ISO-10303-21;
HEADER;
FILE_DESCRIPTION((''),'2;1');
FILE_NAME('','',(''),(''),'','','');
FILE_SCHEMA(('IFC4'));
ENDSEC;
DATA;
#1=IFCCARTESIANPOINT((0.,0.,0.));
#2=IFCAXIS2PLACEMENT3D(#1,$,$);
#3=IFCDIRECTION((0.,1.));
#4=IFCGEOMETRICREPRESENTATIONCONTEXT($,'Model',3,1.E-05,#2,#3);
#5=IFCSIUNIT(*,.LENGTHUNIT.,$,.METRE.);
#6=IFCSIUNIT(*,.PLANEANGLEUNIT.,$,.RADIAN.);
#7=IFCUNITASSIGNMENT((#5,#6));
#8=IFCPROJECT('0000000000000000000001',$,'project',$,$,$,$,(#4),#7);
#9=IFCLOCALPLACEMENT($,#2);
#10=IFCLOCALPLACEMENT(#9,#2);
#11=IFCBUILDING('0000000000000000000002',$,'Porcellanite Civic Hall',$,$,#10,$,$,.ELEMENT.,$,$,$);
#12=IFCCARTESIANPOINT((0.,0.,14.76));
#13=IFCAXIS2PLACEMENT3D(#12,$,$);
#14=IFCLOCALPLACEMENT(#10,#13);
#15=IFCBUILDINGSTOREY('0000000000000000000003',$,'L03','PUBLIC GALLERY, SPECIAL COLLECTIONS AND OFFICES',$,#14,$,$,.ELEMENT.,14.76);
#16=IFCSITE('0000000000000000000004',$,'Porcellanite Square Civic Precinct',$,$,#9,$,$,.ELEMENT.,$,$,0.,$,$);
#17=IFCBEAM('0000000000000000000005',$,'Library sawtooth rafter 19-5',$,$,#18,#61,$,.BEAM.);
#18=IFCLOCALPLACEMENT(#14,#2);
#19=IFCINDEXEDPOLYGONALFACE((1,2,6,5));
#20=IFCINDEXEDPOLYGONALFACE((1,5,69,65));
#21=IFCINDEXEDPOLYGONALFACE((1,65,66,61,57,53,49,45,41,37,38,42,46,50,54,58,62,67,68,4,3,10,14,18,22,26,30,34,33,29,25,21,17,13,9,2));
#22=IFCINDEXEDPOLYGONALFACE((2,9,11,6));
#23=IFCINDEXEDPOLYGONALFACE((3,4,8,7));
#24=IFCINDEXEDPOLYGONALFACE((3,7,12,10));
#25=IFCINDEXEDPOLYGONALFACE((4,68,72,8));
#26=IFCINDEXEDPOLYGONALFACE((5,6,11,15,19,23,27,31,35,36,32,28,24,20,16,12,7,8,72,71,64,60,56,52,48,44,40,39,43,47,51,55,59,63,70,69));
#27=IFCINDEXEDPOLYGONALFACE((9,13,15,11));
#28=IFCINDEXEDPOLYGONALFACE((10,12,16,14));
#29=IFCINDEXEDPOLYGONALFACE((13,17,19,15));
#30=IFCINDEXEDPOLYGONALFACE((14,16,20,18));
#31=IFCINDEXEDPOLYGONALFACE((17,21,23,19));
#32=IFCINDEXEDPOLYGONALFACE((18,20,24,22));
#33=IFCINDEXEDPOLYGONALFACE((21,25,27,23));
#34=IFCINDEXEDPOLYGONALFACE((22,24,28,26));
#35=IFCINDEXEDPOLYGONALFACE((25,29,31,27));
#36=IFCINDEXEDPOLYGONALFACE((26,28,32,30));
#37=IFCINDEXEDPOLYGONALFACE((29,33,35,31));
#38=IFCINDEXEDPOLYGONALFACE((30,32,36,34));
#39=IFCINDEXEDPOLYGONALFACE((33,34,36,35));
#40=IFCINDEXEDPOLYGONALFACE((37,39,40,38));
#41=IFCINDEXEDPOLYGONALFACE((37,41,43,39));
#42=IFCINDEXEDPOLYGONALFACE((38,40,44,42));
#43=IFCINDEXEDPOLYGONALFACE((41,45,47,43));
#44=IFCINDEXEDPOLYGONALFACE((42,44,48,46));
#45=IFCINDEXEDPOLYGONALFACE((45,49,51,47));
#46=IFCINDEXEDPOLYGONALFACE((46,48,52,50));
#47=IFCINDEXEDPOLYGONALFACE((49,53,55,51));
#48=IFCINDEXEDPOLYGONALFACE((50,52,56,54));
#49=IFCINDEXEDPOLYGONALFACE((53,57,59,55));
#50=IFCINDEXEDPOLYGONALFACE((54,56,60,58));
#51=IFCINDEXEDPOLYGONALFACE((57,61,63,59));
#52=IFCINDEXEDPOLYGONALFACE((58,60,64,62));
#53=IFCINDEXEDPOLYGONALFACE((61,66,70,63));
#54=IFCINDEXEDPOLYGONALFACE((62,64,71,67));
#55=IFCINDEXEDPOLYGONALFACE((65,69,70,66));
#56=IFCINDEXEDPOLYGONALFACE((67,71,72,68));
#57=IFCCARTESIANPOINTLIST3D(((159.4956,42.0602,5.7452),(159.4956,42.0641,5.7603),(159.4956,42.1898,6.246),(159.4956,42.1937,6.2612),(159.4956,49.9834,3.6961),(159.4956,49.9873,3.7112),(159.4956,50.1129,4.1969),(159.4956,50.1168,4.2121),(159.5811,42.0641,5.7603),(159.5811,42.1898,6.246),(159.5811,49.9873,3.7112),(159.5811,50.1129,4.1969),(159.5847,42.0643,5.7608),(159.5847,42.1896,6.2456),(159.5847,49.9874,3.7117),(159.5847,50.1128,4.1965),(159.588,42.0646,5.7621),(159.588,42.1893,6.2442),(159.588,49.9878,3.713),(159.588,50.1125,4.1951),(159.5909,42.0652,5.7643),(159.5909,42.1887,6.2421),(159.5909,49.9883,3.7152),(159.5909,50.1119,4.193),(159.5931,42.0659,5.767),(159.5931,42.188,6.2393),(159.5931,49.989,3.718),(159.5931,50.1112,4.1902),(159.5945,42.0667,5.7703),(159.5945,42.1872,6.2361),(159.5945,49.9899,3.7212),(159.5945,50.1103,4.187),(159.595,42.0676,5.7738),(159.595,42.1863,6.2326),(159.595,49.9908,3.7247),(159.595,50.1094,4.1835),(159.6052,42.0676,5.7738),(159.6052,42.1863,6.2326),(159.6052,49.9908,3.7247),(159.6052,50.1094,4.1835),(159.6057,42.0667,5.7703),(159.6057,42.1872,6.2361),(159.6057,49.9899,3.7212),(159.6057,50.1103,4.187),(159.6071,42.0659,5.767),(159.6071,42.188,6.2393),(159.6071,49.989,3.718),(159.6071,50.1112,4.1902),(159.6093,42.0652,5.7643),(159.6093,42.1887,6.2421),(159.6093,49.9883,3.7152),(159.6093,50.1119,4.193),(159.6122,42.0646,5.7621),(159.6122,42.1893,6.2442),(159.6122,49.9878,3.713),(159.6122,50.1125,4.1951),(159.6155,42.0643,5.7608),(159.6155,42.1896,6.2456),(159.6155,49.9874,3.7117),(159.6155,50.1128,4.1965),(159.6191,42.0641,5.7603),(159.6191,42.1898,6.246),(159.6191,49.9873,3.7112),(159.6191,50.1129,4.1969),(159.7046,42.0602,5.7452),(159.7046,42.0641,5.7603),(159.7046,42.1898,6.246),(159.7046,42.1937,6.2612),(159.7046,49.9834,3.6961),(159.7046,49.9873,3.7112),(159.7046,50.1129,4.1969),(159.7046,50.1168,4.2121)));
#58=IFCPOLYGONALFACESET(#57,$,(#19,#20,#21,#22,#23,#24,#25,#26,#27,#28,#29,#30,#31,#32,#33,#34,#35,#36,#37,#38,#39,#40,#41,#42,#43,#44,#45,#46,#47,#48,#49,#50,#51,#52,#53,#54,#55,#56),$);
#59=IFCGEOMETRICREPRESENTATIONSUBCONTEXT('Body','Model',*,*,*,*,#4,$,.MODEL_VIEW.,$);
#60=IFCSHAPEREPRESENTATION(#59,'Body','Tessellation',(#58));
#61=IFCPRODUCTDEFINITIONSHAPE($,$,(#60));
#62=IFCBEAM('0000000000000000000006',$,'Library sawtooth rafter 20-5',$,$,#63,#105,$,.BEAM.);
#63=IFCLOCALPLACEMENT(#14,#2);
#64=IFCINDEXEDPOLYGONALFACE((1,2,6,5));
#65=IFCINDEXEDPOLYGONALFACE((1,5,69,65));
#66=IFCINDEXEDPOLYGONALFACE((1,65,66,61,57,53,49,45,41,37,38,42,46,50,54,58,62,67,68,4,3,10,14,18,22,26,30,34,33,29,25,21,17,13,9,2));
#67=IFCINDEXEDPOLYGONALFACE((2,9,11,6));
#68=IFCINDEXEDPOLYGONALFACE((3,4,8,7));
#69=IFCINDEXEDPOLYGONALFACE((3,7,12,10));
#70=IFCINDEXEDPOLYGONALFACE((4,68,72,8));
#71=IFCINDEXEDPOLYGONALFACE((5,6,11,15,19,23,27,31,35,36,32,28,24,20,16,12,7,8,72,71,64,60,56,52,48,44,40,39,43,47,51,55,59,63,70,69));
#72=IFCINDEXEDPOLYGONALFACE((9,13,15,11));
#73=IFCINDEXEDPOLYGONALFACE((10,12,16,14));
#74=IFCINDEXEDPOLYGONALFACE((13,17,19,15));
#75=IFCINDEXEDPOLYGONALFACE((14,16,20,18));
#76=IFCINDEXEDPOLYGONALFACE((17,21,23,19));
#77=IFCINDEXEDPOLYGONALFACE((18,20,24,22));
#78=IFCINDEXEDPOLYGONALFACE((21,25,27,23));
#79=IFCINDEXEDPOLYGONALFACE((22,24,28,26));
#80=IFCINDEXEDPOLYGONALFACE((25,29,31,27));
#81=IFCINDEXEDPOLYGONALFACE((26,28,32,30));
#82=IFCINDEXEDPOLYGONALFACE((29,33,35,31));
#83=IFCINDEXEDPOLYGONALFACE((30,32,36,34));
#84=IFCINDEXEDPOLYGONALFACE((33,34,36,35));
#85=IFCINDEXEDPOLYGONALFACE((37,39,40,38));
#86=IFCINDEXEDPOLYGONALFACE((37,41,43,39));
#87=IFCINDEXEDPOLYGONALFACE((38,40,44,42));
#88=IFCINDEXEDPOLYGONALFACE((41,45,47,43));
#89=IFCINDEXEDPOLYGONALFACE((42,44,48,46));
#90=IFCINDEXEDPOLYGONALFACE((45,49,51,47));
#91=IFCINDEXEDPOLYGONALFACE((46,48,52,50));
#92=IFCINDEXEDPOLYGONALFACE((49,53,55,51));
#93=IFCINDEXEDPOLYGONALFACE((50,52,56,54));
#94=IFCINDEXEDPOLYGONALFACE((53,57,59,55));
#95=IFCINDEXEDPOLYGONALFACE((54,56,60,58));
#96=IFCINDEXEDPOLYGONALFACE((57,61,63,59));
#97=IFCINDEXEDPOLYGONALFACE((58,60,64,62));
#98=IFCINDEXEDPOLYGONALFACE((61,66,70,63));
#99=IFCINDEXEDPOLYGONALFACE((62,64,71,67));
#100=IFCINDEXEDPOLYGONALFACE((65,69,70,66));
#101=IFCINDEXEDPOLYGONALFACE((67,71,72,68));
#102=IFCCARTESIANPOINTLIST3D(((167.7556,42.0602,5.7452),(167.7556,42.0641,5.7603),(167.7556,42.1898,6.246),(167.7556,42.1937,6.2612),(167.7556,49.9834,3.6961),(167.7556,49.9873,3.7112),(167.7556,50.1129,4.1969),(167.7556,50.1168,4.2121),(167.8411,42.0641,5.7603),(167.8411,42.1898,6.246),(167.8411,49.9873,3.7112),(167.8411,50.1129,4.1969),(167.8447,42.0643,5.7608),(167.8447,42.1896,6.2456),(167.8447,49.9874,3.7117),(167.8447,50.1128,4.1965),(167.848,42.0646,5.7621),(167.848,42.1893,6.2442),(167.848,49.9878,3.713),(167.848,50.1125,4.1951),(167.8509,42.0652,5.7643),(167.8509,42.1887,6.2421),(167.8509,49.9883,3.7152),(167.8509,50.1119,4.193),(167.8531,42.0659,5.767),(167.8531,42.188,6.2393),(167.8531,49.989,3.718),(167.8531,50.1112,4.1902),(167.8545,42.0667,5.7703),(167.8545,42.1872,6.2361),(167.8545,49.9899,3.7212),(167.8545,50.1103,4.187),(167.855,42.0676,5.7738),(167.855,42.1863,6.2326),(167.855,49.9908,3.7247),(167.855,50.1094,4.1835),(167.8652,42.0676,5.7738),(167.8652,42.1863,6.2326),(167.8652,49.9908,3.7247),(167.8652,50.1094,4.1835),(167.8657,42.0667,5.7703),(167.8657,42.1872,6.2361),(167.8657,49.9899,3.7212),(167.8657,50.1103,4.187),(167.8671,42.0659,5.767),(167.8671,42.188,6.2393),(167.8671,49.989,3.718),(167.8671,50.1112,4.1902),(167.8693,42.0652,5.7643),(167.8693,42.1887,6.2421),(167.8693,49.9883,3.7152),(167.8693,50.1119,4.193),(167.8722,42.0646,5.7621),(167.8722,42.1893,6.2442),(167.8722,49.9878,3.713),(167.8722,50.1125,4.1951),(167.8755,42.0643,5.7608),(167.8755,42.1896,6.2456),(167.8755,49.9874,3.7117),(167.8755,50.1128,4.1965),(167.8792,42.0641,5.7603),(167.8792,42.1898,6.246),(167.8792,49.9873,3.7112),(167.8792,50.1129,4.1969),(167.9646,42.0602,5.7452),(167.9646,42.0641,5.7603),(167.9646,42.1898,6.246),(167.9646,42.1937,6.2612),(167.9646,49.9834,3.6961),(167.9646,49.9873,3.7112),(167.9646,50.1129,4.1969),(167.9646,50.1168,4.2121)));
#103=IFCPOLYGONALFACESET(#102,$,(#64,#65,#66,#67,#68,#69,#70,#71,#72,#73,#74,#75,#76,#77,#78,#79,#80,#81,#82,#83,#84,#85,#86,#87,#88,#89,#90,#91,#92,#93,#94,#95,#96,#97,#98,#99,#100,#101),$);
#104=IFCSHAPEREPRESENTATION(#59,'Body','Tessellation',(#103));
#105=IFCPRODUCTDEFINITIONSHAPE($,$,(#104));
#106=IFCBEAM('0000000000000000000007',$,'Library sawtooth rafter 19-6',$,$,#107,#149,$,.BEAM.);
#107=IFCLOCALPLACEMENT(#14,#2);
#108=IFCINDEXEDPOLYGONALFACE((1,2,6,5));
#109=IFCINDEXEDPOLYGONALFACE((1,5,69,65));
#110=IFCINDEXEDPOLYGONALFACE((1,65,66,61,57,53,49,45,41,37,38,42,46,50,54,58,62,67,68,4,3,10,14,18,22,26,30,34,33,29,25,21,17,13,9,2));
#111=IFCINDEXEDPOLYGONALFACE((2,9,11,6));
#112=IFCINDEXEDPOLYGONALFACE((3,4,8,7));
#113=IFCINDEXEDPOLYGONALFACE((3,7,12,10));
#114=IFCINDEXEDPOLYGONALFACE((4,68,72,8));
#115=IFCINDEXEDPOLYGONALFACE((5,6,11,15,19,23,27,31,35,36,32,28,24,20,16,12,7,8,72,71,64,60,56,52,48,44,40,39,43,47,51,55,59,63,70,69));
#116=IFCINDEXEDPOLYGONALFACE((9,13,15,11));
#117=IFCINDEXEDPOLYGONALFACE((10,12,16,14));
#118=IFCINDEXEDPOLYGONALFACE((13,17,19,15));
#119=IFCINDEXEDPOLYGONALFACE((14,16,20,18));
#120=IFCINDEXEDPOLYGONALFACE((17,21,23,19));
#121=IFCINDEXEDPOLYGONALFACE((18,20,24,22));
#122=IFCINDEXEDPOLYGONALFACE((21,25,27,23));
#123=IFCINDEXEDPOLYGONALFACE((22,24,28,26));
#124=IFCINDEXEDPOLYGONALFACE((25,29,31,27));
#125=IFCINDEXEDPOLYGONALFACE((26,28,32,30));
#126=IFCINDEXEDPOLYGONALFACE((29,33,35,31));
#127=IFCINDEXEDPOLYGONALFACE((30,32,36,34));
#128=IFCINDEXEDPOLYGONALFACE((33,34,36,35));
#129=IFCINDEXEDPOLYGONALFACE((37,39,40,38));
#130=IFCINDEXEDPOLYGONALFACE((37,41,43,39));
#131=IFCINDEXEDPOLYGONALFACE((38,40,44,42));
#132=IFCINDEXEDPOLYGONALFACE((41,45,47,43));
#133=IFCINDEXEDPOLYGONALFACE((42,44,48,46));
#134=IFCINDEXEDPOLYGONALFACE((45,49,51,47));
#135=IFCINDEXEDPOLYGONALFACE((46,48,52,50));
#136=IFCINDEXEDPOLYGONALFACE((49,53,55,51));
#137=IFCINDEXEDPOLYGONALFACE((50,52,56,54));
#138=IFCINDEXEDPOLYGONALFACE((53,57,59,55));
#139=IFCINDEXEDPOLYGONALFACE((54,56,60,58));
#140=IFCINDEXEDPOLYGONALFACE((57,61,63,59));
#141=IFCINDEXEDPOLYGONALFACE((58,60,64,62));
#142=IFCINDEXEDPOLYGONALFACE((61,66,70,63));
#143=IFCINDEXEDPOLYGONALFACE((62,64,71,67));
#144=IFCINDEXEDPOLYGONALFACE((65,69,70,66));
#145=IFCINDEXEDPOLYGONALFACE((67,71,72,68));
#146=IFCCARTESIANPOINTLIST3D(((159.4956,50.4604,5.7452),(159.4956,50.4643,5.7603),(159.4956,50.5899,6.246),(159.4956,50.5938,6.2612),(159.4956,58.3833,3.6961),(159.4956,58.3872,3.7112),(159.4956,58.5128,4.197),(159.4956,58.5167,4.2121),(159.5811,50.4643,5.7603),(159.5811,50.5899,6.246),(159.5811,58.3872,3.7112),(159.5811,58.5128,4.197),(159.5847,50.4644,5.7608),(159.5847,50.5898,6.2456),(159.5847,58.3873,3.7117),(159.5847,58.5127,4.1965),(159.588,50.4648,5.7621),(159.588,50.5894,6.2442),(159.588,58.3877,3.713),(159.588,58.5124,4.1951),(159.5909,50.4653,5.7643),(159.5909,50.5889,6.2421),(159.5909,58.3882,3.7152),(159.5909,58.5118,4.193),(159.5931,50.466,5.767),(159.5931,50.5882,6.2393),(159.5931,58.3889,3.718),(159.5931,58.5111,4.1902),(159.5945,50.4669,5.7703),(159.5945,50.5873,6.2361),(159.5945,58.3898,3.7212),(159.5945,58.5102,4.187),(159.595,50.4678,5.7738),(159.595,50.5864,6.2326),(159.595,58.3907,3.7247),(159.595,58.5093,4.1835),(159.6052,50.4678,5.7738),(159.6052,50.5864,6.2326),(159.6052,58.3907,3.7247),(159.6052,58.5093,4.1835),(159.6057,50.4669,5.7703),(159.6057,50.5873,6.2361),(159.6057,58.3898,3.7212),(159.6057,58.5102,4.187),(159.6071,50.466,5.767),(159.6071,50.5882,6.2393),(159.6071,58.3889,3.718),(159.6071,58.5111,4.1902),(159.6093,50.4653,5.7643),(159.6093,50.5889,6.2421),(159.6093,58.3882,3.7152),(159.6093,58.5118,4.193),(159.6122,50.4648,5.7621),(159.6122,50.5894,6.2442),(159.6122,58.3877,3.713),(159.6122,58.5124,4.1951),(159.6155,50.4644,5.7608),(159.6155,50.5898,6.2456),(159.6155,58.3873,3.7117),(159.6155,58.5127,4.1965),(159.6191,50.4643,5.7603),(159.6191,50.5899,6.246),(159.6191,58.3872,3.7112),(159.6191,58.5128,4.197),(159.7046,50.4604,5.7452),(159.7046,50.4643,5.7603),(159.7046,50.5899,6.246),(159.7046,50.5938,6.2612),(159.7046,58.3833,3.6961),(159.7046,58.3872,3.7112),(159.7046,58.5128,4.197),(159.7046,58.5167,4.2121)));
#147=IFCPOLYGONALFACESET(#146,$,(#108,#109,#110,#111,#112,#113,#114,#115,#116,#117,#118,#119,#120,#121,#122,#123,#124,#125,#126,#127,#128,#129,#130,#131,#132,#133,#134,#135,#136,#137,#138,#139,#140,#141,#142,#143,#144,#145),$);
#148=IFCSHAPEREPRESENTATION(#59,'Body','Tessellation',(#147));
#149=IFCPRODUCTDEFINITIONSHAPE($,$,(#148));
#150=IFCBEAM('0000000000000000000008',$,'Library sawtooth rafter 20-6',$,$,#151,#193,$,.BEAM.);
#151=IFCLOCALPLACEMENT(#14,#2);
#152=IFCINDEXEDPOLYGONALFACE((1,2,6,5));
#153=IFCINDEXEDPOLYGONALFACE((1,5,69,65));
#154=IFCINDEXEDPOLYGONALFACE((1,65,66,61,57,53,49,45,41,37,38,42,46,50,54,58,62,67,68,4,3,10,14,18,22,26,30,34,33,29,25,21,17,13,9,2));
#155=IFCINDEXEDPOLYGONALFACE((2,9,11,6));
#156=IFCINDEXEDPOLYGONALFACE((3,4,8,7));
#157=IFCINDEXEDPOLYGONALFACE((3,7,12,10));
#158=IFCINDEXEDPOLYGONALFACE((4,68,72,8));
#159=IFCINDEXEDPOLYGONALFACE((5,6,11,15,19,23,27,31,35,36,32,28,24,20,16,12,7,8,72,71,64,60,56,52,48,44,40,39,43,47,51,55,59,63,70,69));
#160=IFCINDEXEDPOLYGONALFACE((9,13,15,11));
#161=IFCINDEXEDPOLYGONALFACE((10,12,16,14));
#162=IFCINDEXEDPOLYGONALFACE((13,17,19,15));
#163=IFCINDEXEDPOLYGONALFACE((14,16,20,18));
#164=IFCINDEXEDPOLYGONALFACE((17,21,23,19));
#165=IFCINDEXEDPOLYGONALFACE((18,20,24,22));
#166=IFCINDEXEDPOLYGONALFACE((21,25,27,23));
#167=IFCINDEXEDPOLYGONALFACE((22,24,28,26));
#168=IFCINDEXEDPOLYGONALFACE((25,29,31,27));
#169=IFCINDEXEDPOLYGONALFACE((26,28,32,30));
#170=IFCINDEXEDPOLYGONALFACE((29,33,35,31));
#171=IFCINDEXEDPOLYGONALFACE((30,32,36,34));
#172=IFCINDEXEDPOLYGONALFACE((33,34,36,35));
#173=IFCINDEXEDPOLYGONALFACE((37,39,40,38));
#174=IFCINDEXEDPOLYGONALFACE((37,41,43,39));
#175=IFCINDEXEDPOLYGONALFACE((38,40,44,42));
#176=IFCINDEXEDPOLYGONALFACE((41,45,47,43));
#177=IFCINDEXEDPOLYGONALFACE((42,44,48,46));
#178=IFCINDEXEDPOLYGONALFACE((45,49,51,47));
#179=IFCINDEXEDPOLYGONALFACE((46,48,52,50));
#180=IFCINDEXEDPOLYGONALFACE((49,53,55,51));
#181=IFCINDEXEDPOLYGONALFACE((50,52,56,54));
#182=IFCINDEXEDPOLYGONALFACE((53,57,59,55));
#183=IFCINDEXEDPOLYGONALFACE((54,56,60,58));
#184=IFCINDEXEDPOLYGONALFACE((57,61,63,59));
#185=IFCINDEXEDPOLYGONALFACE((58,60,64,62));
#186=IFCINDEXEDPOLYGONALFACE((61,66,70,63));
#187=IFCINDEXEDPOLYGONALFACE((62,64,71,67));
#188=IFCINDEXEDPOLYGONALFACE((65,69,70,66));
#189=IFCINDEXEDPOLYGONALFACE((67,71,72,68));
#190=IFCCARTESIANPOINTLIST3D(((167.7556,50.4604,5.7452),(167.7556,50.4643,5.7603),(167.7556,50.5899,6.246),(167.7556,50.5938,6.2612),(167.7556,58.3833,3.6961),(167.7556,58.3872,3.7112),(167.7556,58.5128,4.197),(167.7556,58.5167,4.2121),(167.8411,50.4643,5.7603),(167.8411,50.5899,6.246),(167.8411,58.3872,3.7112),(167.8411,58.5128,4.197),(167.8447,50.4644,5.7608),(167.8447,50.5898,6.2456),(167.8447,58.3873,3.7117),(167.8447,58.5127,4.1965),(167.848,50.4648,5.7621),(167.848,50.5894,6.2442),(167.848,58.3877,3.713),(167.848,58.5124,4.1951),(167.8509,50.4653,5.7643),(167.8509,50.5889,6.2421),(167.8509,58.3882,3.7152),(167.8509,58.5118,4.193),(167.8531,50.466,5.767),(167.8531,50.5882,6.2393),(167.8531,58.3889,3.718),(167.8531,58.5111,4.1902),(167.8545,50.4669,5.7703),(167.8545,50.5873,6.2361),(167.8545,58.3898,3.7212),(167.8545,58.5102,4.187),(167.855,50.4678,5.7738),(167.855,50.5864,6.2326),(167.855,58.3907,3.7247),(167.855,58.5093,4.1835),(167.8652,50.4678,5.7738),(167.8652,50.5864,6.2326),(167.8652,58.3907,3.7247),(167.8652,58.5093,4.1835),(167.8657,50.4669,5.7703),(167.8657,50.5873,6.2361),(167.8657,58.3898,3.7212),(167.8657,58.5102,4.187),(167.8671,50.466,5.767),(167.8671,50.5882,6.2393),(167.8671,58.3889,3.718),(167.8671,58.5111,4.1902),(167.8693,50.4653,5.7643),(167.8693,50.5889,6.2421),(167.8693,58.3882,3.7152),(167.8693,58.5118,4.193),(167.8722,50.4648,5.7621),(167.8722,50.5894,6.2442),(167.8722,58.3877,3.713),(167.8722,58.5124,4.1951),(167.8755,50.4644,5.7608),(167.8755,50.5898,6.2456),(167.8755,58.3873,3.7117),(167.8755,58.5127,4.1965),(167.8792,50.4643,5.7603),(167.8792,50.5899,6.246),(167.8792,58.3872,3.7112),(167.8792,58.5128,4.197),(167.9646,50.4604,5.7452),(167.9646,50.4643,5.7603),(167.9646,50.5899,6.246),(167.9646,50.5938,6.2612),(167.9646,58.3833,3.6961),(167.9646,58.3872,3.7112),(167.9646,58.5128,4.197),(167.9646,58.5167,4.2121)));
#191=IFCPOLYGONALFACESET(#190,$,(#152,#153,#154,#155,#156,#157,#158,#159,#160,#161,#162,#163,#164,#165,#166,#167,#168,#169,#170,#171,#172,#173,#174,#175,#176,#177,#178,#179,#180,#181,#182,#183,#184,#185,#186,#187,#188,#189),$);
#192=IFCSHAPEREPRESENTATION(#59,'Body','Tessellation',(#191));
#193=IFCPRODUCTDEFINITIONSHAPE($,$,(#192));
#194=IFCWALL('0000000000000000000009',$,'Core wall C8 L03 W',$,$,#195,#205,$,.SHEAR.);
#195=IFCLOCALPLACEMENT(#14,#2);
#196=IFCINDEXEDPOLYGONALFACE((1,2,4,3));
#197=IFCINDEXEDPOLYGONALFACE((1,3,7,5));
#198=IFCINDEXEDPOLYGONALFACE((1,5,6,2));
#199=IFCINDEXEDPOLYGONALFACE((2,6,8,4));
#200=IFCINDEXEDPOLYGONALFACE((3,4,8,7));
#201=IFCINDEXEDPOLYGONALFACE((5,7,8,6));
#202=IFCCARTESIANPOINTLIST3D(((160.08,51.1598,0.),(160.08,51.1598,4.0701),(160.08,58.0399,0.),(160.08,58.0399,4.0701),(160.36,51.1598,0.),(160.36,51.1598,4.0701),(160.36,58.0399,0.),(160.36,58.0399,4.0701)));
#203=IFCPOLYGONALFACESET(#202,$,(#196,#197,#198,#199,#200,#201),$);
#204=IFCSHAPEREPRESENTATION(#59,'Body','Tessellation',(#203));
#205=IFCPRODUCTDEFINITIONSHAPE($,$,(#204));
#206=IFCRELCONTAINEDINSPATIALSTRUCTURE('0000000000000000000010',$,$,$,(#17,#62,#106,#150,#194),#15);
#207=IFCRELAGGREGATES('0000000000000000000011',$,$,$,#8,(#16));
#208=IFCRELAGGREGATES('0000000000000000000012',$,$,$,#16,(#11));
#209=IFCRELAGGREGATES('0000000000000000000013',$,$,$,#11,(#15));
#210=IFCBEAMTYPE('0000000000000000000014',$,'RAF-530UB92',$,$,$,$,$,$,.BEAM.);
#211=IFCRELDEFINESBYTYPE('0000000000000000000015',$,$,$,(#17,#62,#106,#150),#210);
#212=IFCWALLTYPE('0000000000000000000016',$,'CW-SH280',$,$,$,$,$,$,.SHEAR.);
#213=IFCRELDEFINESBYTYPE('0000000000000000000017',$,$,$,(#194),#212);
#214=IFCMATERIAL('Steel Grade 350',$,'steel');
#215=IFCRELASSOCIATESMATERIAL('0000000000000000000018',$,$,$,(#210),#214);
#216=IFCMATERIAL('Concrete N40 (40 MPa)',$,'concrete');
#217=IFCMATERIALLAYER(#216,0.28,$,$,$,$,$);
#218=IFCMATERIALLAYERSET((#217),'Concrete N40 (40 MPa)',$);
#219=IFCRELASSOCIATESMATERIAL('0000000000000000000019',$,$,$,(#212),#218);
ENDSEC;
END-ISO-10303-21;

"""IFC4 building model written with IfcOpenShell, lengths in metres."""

from ifc_helpers import new_model, si_unit, direction, frame, frame_2d, origin, origin_2d, place, context, subcontext, project, spatial, rectangle, i_section, extrude, material, layer, layer_set, material_profile, profile_set, type_object, element, save


model = new_model("IFC4")

# Units and contexts
model_context = context("Model", 3, precision=1e-05, world=origin(), true_north=direction((0.0, 1.0)))
body_context = subcontext(model_context, "Body", "Model", "MODEL_VIEW")
ifc_project = project(units=[si_unit("LENGTHUNIT", "METRE"), si_unit("PLANEANGLEUNIT", "RADIAN")], contexts=[model_context])

# Site, building, storey
site_placement = place(None, origin())
site = spatial("IfcSite", under=ifc_project, at=site_placement, Name="Porcellanite Square Civic Precinct", CompositionType="ELEMENT", RefElevation=0.0)
building_placement = place(site_placement, origin())
building = spatial("IfcBuilding", under=site, at=building_placement, Name="Porcellanite Civic Hall", CompositionType="ELEMENT")
storey_placement = place(building_placement, frame((0.0, 0.0, 14.76)))
storey = spatial("IfcBuildingStorey", under=building, at=storey_placement, Name="L03", Description="PUBLIC GALLERY, SPECIAL COLLECTIONS AND OFFICES", CompositionType="ELEMENT", Elevation=14.76)

# Beams
ifc_material_1 = material(Name="Steel Grade 350", Category="steel")
ifc_material_profile_1 = material_profile(ifc_material_1, i_section(OverallWidth=0.209, OverallDepth=0.533, WebThickness=0.0103, FlangeThickness=0.0156, FilletRadius=0.0139, at=origin_2d()), Name="530UB92.4")
ifc_profile_set_1 = profile_set([ifc_material_profile_1], Name="Steel Grade 350")
beam_type_1 = type_object("IfcBeamType", Name="RAF-530UB92", PredefinedType="BEAM", material=ifc_profile_set_1)
for number, where, z_axis, x_axis, name in (
    (1, (159.6001, 42.127, 6.0032), (0.0, 0.968147, -0.250382), (-1.0, 0.0, 0.0), "Library sawtooth rafter 19-5"),
    (2, (167.8601, 42.127, 6.0032), (0.0, 0.968147, -0.250382), (-1.0, 0.0, 0.0), "Library sawtooth rafter 20-5"),
):
    element("IfcBeam", number, at=place(storey_placement, frame(where, z_axis=z_axis, x_axis=x_axis)), inside=storey, type_object=beam_type_1, Name=name, PredefinedType="BEAM", context=body_context, shape_type="SweptSolid", body=[
        extrude(i_section(OverallWidth=0.209, OverallDepth=0.533, WebThickness=0.0103, FlangeThickness=0.0156, FilletRadius=0.0139, at=origin_2d()), origin(), (0.0, 0.0, 1.0), 8.1838),
    ])
for number, where, z_axis, x_axis, name in (
    (3, (159.6001, 50.5271, 6.0032), (0.0, 0.968145, -0.25039), (-1.0, 0.0, 0.0), "Library sawtooth rafter 19-6"),
    (4, (167.8601, 50.5271, 6.0032), (0.0, 0.968145, -0.25039), (-1.0, 0.0, 0.0), "Library sawtooth rafter 20-6"),
):
    element("IfcBeam", number, at=place(storey_placement, frame(where, z_axis=z_axis, x_axis=x_axis)), inside=storey, type_object=beam_type_1, Name=name, PredefinedType="BEAM", context=body_context, shape_type="SweptSolid", body=[
        extrude(i_section(OverallWidth=0.209, OverallDepth=0.533, WebThickness=0.0103, FlangeThickness=0.0156, FilletRadius=0.0139, at=origin_2d()), origin(), (0.0, 0.0, 1.0), 8.1836),
    ])

# Shared definitions
ifc_material_2 = material(Name="Concrete N40 (40 MPa)", Category="concrete")
ifc_layer_1 = layer(ifc_material_2, 0.28)
ifc_layer_set_1 = layer_set([ifc_layer_1], Name="Concrete N40 (40 MPa)")
wall_type_1 = type_object("IfcWallType", Name="CW-SH280", PredefinedType="SHEAR", material=ifc_layer_set_1)

# Wall
wall_1_placement = place(storey_placement, frame((160.22, 51.1599, 0.0), z_axis=(0.0, 0.0, 1.0), x_axis=(0.0, 1.0, 0.0)))
element("IfcWall", 5, at=wall_1_placement, inside=storey, type_object=wall_type_1, Name="Core wall C8 L03 W", PredefinedType="SHEAR", context=body_context, shape_type="SweptSolid", body=[
    extrude(rectangle(XDim=6.8801, YDim=0.28, at=frame_2d((3.4399, 0.0))), origin(), (0.0, 0.0, 1.0), 4.0701),
])

save(model, "model.ifc")
